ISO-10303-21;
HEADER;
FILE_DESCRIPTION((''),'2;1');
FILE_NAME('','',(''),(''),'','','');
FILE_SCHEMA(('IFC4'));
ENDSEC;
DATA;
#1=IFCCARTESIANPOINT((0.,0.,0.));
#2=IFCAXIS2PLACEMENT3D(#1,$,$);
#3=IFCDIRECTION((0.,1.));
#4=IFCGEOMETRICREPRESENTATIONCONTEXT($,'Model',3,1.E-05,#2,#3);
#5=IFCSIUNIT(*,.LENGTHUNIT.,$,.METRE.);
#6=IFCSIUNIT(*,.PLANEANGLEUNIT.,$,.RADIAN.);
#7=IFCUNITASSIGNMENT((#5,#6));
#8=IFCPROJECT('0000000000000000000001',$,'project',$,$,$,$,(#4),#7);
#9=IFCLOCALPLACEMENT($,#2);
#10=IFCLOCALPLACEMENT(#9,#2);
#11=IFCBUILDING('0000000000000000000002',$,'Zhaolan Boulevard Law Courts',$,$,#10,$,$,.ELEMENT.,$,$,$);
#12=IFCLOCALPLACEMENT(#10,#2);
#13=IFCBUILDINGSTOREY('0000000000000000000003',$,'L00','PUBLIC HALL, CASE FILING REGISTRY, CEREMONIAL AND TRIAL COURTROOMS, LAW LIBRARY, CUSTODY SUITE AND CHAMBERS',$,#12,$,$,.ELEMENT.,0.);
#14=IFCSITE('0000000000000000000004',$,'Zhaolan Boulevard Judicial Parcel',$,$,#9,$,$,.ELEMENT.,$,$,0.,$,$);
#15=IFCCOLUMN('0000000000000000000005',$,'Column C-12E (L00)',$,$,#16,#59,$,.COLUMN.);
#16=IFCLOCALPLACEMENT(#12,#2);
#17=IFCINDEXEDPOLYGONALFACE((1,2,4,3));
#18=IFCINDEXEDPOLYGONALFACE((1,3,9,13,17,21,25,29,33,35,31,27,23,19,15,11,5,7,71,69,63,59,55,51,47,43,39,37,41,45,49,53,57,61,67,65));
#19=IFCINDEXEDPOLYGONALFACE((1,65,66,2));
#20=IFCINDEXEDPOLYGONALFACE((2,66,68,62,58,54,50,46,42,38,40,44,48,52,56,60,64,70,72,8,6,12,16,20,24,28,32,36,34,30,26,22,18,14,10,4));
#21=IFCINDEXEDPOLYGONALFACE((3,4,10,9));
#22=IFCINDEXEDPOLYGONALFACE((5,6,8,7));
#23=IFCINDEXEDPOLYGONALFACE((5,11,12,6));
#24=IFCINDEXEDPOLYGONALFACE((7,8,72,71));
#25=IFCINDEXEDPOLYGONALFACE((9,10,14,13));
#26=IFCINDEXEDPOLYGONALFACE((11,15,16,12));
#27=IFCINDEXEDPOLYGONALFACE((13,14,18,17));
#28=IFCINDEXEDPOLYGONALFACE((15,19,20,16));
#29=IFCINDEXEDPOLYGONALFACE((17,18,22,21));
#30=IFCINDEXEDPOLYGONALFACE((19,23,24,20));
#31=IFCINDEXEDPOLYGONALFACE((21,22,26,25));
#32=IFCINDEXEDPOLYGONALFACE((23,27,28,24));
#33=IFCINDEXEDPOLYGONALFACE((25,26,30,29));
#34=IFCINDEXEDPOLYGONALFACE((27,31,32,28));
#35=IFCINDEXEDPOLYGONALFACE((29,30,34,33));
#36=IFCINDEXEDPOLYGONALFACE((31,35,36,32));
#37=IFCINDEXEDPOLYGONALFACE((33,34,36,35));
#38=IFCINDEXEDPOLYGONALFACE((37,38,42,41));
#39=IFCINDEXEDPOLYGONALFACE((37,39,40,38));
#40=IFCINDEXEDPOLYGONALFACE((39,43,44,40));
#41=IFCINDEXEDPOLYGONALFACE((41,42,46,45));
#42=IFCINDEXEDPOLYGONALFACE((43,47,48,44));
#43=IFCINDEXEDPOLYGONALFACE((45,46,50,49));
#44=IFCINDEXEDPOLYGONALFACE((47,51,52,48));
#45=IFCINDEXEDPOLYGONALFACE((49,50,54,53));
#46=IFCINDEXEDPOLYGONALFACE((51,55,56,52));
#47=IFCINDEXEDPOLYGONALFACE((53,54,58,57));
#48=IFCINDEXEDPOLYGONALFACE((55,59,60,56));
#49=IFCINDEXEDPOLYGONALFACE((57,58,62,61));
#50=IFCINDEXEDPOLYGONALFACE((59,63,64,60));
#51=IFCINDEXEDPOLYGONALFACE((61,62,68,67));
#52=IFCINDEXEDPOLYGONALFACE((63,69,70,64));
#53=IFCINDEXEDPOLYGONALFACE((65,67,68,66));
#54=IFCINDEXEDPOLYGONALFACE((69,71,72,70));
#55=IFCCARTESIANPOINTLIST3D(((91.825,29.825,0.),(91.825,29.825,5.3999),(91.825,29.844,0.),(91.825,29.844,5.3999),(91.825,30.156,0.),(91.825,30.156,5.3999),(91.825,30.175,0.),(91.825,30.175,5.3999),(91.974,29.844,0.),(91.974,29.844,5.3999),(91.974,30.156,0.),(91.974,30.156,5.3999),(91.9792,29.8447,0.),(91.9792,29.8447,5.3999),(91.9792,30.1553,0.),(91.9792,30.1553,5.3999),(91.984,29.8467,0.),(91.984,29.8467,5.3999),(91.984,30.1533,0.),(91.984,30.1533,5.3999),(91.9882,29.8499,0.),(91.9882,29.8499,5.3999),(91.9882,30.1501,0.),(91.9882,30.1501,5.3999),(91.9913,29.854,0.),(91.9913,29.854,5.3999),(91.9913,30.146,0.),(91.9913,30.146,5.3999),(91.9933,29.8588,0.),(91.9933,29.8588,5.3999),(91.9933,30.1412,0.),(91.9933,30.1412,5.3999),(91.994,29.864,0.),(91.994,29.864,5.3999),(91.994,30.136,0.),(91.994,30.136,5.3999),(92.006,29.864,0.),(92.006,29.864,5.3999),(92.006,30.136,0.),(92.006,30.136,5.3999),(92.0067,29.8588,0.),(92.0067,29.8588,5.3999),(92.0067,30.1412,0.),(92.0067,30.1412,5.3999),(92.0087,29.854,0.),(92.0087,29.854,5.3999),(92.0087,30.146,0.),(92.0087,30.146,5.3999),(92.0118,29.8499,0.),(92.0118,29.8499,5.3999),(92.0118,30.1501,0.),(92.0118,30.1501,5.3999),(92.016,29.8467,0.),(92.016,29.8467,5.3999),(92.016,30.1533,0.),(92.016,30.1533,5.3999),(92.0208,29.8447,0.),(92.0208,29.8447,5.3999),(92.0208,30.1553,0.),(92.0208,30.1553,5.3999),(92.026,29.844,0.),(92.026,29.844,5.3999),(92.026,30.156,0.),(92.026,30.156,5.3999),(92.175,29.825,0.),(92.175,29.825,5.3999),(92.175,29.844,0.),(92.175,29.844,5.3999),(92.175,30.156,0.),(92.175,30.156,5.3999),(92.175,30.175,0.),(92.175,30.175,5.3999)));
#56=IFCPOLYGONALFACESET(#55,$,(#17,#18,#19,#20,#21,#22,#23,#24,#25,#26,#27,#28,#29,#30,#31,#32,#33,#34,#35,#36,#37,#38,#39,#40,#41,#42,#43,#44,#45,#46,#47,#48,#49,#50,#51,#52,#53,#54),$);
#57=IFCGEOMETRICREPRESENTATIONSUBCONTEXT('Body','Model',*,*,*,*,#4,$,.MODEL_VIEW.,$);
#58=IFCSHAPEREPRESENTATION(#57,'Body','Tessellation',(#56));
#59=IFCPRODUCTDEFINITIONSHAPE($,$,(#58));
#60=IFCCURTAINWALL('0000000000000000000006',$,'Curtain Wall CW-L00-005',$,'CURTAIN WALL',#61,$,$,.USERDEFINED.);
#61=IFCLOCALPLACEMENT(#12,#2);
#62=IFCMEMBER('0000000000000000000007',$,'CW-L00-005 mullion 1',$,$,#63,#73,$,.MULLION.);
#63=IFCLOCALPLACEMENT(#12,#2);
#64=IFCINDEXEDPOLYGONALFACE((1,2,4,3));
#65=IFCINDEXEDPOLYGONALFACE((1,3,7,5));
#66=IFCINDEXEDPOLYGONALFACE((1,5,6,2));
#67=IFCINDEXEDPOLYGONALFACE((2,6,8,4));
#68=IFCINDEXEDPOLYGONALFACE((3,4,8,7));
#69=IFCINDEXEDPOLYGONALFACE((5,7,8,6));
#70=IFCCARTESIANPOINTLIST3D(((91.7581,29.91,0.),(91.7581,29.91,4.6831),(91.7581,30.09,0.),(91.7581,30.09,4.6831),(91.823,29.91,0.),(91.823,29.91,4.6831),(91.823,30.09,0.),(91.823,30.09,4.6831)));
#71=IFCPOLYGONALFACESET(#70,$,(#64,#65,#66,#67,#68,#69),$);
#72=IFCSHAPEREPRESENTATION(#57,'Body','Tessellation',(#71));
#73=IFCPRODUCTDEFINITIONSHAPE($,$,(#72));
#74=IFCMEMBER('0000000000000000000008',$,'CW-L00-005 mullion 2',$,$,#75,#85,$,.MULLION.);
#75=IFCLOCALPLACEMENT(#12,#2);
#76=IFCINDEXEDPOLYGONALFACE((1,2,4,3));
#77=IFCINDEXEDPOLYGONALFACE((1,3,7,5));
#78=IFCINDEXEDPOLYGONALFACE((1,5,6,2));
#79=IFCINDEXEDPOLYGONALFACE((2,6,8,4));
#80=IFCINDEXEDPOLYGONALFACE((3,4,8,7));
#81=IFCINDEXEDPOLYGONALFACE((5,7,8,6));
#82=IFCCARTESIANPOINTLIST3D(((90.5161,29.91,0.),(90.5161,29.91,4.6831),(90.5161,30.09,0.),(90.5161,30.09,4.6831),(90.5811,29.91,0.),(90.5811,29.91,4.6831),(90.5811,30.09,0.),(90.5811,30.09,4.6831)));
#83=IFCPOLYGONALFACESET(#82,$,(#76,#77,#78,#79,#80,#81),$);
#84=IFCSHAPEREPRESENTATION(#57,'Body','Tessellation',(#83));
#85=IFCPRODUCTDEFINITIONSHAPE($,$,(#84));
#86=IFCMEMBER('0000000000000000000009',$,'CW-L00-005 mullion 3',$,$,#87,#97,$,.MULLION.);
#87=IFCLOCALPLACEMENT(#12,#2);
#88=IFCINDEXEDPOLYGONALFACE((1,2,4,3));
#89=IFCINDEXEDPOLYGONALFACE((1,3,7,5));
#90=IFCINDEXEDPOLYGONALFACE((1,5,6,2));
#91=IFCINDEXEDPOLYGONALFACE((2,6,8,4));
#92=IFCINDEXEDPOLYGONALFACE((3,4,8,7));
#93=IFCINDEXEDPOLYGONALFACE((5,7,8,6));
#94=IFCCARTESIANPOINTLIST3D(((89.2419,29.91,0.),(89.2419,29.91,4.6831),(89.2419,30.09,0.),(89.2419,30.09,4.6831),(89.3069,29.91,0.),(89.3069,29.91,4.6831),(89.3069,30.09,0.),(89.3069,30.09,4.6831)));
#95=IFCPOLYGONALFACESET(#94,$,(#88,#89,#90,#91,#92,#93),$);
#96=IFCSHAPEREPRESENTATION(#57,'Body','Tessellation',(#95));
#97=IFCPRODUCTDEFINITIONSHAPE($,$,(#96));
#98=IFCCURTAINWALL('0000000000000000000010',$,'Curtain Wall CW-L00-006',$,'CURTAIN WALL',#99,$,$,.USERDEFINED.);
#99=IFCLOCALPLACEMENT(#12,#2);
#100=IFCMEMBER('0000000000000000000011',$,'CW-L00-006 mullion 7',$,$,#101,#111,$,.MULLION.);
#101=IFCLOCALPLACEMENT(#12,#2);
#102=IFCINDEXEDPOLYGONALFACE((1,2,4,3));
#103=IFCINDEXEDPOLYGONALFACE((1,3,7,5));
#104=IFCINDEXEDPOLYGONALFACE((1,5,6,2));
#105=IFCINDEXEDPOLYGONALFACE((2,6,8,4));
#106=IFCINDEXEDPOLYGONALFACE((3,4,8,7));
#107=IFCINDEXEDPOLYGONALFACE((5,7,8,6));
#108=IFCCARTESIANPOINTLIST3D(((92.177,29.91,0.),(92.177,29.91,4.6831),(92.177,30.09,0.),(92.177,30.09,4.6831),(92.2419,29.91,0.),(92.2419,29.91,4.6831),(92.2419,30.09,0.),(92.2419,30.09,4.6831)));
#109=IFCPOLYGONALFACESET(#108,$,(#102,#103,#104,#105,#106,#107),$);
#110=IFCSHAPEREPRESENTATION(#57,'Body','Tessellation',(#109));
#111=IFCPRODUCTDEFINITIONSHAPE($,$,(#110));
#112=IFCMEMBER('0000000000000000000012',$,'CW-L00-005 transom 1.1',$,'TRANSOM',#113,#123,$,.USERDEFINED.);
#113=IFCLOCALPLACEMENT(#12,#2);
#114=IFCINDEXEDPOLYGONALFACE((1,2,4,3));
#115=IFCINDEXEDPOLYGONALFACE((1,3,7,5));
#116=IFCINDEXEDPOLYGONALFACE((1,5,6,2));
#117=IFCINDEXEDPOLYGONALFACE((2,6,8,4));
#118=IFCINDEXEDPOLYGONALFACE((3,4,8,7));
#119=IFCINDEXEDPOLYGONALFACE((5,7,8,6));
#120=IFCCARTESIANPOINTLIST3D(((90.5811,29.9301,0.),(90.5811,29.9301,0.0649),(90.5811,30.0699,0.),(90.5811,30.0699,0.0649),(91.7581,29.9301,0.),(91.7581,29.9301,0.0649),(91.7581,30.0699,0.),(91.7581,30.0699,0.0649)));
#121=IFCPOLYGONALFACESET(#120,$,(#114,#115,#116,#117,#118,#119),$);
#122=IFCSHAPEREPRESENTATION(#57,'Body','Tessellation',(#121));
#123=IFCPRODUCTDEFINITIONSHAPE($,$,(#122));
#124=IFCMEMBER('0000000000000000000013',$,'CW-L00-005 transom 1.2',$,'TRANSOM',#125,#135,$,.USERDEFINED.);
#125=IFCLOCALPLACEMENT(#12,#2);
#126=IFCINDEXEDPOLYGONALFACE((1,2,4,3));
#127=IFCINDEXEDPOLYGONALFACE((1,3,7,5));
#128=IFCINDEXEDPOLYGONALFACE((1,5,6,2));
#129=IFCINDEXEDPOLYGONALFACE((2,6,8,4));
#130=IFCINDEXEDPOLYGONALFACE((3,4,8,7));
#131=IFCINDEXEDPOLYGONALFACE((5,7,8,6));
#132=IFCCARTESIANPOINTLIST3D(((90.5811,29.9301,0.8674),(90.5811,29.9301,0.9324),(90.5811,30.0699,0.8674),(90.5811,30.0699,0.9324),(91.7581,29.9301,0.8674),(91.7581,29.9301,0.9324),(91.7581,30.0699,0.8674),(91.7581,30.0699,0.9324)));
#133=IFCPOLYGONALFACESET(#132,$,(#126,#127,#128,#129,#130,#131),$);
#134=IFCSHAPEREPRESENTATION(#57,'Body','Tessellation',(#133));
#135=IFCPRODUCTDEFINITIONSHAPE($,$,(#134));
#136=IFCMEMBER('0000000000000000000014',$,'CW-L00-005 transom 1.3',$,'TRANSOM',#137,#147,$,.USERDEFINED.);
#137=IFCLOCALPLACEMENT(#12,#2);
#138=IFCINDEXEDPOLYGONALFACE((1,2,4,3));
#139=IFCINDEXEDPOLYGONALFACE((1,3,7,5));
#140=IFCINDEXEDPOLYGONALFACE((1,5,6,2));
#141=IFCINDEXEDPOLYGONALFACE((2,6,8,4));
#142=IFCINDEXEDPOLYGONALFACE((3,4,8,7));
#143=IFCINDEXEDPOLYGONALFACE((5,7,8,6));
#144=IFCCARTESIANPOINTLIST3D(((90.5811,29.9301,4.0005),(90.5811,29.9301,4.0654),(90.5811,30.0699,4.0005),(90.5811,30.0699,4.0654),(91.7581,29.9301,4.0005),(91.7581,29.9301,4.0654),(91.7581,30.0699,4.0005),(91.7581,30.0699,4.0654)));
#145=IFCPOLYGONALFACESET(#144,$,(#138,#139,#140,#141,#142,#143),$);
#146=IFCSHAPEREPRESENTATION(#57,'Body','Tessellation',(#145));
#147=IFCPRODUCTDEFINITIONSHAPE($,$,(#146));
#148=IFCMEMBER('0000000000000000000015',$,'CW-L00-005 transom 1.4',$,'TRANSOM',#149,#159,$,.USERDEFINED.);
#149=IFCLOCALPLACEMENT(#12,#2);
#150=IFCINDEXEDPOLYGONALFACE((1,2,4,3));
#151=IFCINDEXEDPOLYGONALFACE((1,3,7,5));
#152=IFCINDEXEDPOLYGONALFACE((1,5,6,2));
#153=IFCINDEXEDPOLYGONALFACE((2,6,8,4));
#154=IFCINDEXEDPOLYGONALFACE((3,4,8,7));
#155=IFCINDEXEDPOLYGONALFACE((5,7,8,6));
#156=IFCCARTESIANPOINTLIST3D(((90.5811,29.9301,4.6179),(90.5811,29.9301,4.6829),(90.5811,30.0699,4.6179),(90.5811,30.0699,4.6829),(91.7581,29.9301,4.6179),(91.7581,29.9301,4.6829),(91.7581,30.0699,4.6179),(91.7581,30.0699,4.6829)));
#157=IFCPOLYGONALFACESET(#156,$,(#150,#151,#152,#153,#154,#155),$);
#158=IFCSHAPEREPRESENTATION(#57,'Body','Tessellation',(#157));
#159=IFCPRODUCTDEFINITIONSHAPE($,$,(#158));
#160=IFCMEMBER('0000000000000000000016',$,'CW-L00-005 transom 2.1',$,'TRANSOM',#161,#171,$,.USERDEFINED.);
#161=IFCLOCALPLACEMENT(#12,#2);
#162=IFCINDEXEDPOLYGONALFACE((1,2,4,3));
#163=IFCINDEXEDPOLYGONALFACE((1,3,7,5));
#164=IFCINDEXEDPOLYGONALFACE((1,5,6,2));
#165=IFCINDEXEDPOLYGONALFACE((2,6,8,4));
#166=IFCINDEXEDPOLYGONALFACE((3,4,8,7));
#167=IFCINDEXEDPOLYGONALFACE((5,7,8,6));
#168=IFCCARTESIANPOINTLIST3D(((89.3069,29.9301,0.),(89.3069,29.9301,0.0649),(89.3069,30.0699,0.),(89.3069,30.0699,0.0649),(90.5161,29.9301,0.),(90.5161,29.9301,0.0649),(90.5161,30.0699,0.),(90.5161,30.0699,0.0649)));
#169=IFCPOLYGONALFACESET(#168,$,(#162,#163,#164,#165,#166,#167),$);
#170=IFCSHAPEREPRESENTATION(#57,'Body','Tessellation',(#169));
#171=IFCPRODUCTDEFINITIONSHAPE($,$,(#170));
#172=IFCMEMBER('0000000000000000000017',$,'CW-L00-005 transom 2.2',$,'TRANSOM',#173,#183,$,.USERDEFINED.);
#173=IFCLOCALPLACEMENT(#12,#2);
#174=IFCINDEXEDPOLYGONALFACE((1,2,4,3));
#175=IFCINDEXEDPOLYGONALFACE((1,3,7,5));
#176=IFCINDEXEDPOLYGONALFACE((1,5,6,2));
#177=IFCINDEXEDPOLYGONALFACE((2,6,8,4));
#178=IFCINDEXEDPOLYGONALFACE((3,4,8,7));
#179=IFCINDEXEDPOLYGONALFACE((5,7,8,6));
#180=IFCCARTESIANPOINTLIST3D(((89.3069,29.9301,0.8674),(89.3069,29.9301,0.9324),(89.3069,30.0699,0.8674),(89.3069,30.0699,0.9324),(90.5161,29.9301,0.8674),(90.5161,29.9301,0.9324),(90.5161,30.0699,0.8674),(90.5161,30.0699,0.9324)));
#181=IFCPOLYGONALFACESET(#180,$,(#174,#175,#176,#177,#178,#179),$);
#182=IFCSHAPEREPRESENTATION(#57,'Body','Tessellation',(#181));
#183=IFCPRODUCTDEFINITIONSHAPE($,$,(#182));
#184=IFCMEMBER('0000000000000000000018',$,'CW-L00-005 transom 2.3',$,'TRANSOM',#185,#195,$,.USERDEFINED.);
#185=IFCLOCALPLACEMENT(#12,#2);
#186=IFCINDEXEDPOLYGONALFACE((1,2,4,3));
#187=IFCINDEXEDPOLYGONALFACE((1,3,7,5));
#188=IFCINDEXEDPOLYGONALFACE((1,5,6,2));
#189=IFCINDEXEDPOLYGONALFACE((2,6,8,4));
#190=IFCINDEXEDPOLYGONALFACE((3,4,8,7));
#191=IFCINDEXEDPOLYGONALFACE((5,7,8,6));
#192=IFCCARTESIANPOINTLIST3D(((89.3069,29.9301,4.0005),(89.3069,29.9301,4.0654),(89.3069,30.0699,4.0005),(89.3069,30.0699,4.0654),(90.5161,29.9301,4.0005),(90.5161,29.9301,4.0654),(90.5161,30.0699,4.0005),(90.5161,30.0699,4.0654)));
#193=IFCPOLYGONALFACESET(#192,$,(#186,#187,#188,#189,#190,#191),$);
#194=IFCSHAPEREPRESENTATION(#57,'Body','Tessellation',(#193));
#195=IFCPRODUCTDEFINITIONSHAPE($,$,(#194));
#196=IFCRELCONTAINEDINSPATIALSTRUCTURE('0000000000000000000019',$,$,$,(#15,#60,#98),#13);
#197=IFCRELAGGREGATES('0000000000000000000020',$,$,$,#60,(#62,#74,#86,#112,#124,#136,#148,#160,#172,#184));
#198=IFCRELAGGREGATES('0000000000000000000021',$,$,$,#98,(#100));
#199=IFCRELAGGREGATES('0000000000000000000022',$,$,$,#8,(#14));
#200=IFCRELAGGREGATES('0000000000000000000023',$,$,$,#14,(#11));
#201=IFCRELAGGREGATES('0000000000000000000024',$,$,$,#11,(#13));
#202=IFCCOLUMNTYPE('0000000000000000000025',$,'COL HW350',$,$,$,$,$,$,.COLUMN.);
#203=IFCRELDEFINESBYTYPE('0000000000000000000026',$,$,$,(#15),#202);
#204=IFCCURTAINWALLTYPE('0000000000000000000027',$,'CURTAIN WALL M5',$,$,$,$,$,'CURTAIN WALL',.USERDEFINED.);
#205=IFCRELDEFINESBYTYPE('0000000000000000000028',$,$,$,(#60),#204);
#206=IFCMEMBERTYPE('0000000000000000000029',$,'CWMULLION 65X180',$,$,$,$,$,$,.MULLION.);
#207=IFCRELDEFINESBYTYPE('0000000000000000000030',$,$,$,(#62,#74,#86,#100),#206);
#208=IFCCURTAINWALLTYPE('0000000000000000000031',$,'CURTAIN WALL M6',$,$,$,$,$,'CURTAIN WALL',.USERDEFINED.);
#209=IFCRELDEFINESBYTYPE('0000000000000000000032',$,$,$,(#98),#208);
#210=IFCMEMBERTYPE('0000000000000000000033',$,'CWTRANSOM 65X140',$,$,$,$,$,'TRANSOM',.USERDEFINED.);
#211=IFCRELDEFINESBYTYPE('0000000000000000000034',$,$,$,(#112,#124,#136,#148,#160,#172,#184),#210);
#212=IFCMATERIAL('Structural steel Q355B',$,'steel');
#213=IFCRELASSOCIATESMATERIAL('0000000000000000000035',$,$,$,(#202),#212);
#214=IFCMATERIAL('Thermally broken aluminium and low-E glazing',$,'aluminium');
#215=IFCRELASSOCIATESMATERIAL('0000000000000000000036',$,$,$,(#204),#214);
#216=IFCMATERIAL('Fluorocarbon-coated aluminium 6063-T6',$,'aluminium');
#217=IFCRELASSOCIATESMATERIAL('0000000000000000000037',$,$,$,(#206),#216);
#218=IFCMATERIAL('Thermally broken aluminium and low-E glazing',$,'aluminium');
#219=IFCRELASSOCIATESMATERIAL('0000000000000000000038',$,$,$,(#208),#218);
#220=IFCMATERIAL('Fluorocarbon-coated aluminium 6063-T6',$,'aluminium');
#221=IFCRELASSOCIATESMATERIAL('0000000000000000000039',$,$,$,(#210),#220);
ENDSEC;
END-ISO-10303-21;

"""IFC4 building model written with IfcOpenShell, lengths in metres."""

from ifc_helpers import new_model, si_unit, direction, frame, origin, origin_2d, place, context, subcontext, project, spatial, rectangle, i_section, extrude, material, material_profile, profile_set, type_object, element, aggregate, save


model = new_model("IFC4")

# Units and contexts
model_context = context("Model", 3, precision=1e-05, world=origin(), true_north=direction((0.0, 1.0)))
body_context = subcontext(model_context, "Body", "Model", "MODEL_VIEW")
ifc_project = project(units=[si_unit("LENGTHUNIT", "METRE"), si_unit("PLANEANGLEUNIT", "RADIAN")], contexts=[model_context])

# Site, building, storey
site_placement = place(None, origin())
site = spatial("IfcSite", under=ifc_project, at=site_placement, Name="Zhaolan Boulevard Judicial Parcel", CompositionType="ELEMENT", RefElevation=0.0)
building_placement = place(site_placement, origin())
building = spatial("IfcBuilding", under=site, at=building_placement, Name="Zhaolan Boulevard Law Courts", CompositionType="ELEMENT")
storey_placement = place(building_placement, origin())
storey = spatial("IfcBuildingStorey", under=building, at=storey_placement, Name="L00", Description="PUBLIC HALL, CASE FILING REGISTRY, CEREMONIAL AND TRIAL COURTROOMS, LAW LIBRARY, CUSTODY SUITE AND CHAMBERS", CompositionType="ELEMENT", Elevation=0.0)

# Column
ifc_material_1 = material(Name="Structural steel Q355B", Category="steel")
ifc_material_profile_1 = material_profile(ifc_material_1, i_section(OverallWidth=0.3501, OverallDepth=0.3501, WebThickness=0.012, FlangeThickness=0.019, FilletRadius=0.02, at=origin_2d()), Name="HW350x350")
ifc_profile_set_1 = profile_set([ifc_material_profile_1], Name="Structural steel Q355B")
column_type = type_object("IfcColumnType", Name="COL HW350", PredefinedType="COLUMN", material=ifc_profile_set_1)
column_placement = place(storey_placement, frame((92.0, 30.0, 0.0), z_axis=(0.0, 0.0, 1.0), x_axis=(1.0, 0.0, 0.0)))
element("IfcColumn", 1, at=column_placement, inside=storey, type_object=column_type, Name="Column C-12E (L00)", PredefinedType="COLUMN", context=body_context, shape_type="SweptSolid", body=[
    extrude(i_section(OverallWidth=0.3501, OverallDepth=0.3501, WebThickness=0.012, FlangeThickness=0.019, FilletRadius=0.02, at=origin_2d()), origin(), (0.0, 0.0, 1.0), 5.3999),
])

# Curtain wall, members
ifc_material_2 = material(Name="Thermally broken aluminium and low-E glazing", Category="aluminium")
curtain_wall_type_1 = type_object("IfcCurtainWallType", Name="CURTAIN WALL M5", ElementType="CURTAIN WALL", PredefinedType="USERDEFINED", material=ifc_material_2)
curtain_wall_1_placement = place(storey_placement, origin())
curtain_wall_1 = element("IfcCurtainWall", 2, at=curtain_wall_1_placement, inside=storey, type_object=curtain_wall_type_1, Name="Curtain Wall CW-L00-005", ObjectType="CURTAIN WALL", PredefinedType="USERDEFINED")
ifc_material_3 = material(Name="Fluorocarbon-coated aluminium 6063-T6", Category="aluminium")
ifc_material_profile_2 = material_profile(ifc_material_3, rectangle(XDim=0.1799, YDim=0.0649, at=origin_2d()), Name="AL65x180")
ifc_profile_set_2 = profile_set([ifc_material_profile_2], Name="Fluorocarbon-coated aluminium 6063-T6")
member_type_1 = type_object("IfcMemberType", Name="CWMULLION 65X180", PredefinedType="MULLION", material=ifc_profile_set_2)
member_1_placement = place(storey_placement, frame((91.7905, 30.0, 0.0), z_axis=(0.0, 0.0, 1.0), x_axis=(0.0, -1.0, 0.0)))
member_1 = element("IfcMember", 3, at=member_1_placement, type_object=member_type_1, Name="CW-L00-005 mullion 1", PredefinedType="MULLION", context=body_context, shape_type="SweptSolid", body=[
    extrude(rectangle(XDim=0.1799, YDim=0.0649, at=origin_2d()), origin(), (0.0, 0.0, 1.0), 4.6831),
])
member_2_placement = place(storey_placement, frame((90.5486, 30.0, 0.0), z_axis=(0.0, 0.0, 1.0), x_axis=(0.0, -1.0, 0.0)))
member_2 = element("IfcMember", 4, at=member_2_placement, type_object=member_type_1, Name="CW-L00-005 mullion 2", PredefinedType="MULLION", context=body_context, shape_type="SweptSolid", body=[
    extrude(rectangle(XDim=0.1799, YDim=0.0649, at=origin_2d()), origin(), (0.0, 0.0, 1.0), 4.6831),
])
member_3_placement = place(storey_placement, frame((89.2744, 30.0, 0.0), z_axis=(0.0, 0.0, 1.0), x_axis=(0.0, -1.0, 0.0)))
member_3 = element("IfcMember", 5, at=member_3_placement, type_object=member_type_1, Name="CW-L00-005 mullion 3", PredefinedType="MULLION", context=body_context, shape_type="SweptSolid", body=[
    extrude(rectangle(XDim=0.1799, YDim=0.0649, at=origin_2d()), origin(), (0.0, 0.0, 1.0), 4.6831),
])

# Curtain wall, member
ifc_material_4 = material(Name="Thermally broken aluminium and low-E glazing", Category="aluminium")
curtain_wall_type_2 = type_object("IfcCurtainWallType", Name="CURTAIN WALL M6", ElementType="CURTAIN WALL", PredefinedType="USERDEFINED", material=ifc_material_4)
curtain_wall_2_placement = place(storey_placement, origin())
curtain_wall_2 = element("IfcCurtainWall", 6, at=curtain_wall_2_placement, inside=storey, type_object=curtain_wall_type_2, Name="Curtain Wall CW-L00-006", ObjectType="CURTAIN WALL", PredefinedType="USERDEFINED")
member_4_placement = place(storey_placement, frame((92.2095, 30.0, 0.0), z_axis=(0.0, 0.0, 1.0), x_axis=(0.0, -1.0, 0.0)))
member_4 = element("IfcMember", 7, at=member_4_placement, type_object=member_type_1, Name="CW-L00-006 mullion 7", PredefinedType="MULLION", context=body_context, shape_type="SweptSolid", body=[
    extrude(rectangle(XDim=0.1799, YDim=0.0649, at=origin_2d()), origin(), (0.0, 0.0, 1.0), 4.6831),
])

# Members
ifc_material_5 = material(Name="Fluorocarbon-coated aluminium 6063-T6", Category="aluminium")
ifc_material_profile_3 = material_profile(ifc_material_5, rectangle(XDim=0.1399, YDim=0.0649, at=origin_2d()), Name="AL65x140")
ifc_profile_set_3 = profile_set([ifc_material_profile_3], Name="Fluorocarbon-coated aluminium 6063-T6")
member_type_2 = type_object("IfcMemberType", Name="CWTRANSOM 65X140", ElementType="TRANSOM", PredefinedType="USERDEFINED", material=ifc_profile_set_3)
member_5_placement = place(storey_placement, frame((91.7581, 30.0, 0.0325), z_axis=(-1.0, 0.0, 0.0), x_axis=(0.0, -1.0, 0.0)))
member_5 = element("IfcMember", 8, at=member_5_placement, type_object=member_type_2, Name="CW-L00-005 transom 1.1", ObjectType="TRANSOM", PredefinedType="USERDEFINED", context=body_context, shape_type="SweptSolid", body=[
    extrude(rectangle(XDim=0.1399, YDim=0.0649, at=origin_2d()), origin(), (0.0, 0.0, 1.0), 1.177),
])
member_6_placement = place(storey_placement, frame((91.7581, 30.0, 0.8999), z_axis=(-1.0, 0.0, 0.0), x_axis=(0.0, -1.0, 0.0)))
member_6 = element("IfcMember", 9, at=member_6_placement, type_object=member_type_2, Name="CW-L00-005 transom 1.2", ObjectType="TRANSOM", PredefinedType="USERDEFINED", context=body_context, shape_type="SweptSolid", body=[
    extrude(rectangle(XDim=0.1399, YDim=0.0649, at=origin_2d()), origin(), (0.0, 0.0, 1.0), 1.177),
])
member_7_placement = place(storey_placement, frame((91.7581, 30.0, 4.033), z_axis=(-1.0, 0.0, 0.0), x_axis=(0.0, -1.0, 0.0)))
member_7 = element("IfcMember", 10, at=member_7_placement, type_object=member_type_2, Name="CW-L00-005 transom 1.3", ObjectType="TRANSOM", PredefinedType="USERDEFINED", context=body_context, shape_type="SweptSolid", body=[
    extrude(rectangle(XDim=0.1399, YDim=0.0649, at=origin_2d()), origin(), (0.0, 0.0, 1.0), 1.177),
])
member_8_placement = place(storey_placement, frame((91.7581, 30.0, 4.6504), z_axis=(-1.0, 0.0, 0.0), x_axis=(0.0, -1.0, 0.0)))
member_8 = element("IfcMember", 11, at=member_8_placement, type_object=member_type_2, Name="CW-L00-005 transom 1.4", ObjectType="TRANSOM", PredefinedType="USERDEFINED", context=body_context, shape_type="SweptSolid", body=[
    extrude(rectangle(XDim=0.1399, YDim=0.0649, at=origin_2d()), origin(), (0.0, 0.0, 1.0), 1.177),
])
member_9_placement = place(storey_placement, frame((90.5161, 30.0, 0.0325), z_axis=(-1.0, 0.0, 0.0), x_axis=(0.0, -1.0, 0.0)))
member_9 = element("IfcMember", 12, at=member_9_placement, type_object=member_type_2, Name="CW-L00-005 transom 2.1", ObjectType="TRANSOM", PredefinedType="USERDEFINED", context=body_context, shape_type="SweptSolid", body=[
    extrude(rectangle(XDim=0.1399, YDim=0.0649, at=origin_2d()), origin(), (0.0, 0.0, 1.0), 1.2092),
])
member_10_placement = place(storey_placement, frame((90.5161, 30.0, 0.8999), z_axis=(-1.0, 0.0, 0.0), x_axis=(0.0, -1.0, 0.0)))
member_10 = element("IfcMember", 13, at=member_10_placement, type_object=member_type_2, Name="CW-L00-005 transom 2.2", ObjectType="TRANSOM", PredefinedType="USERDEFINED", context=body_context, shape_type="SweptSolid", body=[
    extrude(rectangle(XDim=0.1399, YDim=0.0649, at=origin_2d()), origin(), (0.0, 0.0, 1.0), 1.2092),
])
member_11_placement = place(storey_placement, frame((90.5161, 30.0, 4.033), z_axis=(-1.0, 0.0, 0.0), x_axis=(0.0, -1.0, 0.0)))
member_11 = element("IfcMember", 14, at=member_11_placement, type_object=member_type_2, Name="CW-L00-005 transom 2.3", ObjectType="TRANSOM", PredefinedType="USERDEFINED", context=body_context, shape_type="SweptSolid", body=[
    extrude(rectangle(XDim=0.1399, YDim=0.0649, at=origin_2d()), origin(), (0.0, 0.0, 1.0), 1.2092),
])

aggregate(curtain_wall_1, [member_1, member_2, member_3, member_5, member_6, member_7, member_8, member_9, member_10, member_11])
aggregate(curtain_wall_2, [member_4])

save(model, "model.ifc")
